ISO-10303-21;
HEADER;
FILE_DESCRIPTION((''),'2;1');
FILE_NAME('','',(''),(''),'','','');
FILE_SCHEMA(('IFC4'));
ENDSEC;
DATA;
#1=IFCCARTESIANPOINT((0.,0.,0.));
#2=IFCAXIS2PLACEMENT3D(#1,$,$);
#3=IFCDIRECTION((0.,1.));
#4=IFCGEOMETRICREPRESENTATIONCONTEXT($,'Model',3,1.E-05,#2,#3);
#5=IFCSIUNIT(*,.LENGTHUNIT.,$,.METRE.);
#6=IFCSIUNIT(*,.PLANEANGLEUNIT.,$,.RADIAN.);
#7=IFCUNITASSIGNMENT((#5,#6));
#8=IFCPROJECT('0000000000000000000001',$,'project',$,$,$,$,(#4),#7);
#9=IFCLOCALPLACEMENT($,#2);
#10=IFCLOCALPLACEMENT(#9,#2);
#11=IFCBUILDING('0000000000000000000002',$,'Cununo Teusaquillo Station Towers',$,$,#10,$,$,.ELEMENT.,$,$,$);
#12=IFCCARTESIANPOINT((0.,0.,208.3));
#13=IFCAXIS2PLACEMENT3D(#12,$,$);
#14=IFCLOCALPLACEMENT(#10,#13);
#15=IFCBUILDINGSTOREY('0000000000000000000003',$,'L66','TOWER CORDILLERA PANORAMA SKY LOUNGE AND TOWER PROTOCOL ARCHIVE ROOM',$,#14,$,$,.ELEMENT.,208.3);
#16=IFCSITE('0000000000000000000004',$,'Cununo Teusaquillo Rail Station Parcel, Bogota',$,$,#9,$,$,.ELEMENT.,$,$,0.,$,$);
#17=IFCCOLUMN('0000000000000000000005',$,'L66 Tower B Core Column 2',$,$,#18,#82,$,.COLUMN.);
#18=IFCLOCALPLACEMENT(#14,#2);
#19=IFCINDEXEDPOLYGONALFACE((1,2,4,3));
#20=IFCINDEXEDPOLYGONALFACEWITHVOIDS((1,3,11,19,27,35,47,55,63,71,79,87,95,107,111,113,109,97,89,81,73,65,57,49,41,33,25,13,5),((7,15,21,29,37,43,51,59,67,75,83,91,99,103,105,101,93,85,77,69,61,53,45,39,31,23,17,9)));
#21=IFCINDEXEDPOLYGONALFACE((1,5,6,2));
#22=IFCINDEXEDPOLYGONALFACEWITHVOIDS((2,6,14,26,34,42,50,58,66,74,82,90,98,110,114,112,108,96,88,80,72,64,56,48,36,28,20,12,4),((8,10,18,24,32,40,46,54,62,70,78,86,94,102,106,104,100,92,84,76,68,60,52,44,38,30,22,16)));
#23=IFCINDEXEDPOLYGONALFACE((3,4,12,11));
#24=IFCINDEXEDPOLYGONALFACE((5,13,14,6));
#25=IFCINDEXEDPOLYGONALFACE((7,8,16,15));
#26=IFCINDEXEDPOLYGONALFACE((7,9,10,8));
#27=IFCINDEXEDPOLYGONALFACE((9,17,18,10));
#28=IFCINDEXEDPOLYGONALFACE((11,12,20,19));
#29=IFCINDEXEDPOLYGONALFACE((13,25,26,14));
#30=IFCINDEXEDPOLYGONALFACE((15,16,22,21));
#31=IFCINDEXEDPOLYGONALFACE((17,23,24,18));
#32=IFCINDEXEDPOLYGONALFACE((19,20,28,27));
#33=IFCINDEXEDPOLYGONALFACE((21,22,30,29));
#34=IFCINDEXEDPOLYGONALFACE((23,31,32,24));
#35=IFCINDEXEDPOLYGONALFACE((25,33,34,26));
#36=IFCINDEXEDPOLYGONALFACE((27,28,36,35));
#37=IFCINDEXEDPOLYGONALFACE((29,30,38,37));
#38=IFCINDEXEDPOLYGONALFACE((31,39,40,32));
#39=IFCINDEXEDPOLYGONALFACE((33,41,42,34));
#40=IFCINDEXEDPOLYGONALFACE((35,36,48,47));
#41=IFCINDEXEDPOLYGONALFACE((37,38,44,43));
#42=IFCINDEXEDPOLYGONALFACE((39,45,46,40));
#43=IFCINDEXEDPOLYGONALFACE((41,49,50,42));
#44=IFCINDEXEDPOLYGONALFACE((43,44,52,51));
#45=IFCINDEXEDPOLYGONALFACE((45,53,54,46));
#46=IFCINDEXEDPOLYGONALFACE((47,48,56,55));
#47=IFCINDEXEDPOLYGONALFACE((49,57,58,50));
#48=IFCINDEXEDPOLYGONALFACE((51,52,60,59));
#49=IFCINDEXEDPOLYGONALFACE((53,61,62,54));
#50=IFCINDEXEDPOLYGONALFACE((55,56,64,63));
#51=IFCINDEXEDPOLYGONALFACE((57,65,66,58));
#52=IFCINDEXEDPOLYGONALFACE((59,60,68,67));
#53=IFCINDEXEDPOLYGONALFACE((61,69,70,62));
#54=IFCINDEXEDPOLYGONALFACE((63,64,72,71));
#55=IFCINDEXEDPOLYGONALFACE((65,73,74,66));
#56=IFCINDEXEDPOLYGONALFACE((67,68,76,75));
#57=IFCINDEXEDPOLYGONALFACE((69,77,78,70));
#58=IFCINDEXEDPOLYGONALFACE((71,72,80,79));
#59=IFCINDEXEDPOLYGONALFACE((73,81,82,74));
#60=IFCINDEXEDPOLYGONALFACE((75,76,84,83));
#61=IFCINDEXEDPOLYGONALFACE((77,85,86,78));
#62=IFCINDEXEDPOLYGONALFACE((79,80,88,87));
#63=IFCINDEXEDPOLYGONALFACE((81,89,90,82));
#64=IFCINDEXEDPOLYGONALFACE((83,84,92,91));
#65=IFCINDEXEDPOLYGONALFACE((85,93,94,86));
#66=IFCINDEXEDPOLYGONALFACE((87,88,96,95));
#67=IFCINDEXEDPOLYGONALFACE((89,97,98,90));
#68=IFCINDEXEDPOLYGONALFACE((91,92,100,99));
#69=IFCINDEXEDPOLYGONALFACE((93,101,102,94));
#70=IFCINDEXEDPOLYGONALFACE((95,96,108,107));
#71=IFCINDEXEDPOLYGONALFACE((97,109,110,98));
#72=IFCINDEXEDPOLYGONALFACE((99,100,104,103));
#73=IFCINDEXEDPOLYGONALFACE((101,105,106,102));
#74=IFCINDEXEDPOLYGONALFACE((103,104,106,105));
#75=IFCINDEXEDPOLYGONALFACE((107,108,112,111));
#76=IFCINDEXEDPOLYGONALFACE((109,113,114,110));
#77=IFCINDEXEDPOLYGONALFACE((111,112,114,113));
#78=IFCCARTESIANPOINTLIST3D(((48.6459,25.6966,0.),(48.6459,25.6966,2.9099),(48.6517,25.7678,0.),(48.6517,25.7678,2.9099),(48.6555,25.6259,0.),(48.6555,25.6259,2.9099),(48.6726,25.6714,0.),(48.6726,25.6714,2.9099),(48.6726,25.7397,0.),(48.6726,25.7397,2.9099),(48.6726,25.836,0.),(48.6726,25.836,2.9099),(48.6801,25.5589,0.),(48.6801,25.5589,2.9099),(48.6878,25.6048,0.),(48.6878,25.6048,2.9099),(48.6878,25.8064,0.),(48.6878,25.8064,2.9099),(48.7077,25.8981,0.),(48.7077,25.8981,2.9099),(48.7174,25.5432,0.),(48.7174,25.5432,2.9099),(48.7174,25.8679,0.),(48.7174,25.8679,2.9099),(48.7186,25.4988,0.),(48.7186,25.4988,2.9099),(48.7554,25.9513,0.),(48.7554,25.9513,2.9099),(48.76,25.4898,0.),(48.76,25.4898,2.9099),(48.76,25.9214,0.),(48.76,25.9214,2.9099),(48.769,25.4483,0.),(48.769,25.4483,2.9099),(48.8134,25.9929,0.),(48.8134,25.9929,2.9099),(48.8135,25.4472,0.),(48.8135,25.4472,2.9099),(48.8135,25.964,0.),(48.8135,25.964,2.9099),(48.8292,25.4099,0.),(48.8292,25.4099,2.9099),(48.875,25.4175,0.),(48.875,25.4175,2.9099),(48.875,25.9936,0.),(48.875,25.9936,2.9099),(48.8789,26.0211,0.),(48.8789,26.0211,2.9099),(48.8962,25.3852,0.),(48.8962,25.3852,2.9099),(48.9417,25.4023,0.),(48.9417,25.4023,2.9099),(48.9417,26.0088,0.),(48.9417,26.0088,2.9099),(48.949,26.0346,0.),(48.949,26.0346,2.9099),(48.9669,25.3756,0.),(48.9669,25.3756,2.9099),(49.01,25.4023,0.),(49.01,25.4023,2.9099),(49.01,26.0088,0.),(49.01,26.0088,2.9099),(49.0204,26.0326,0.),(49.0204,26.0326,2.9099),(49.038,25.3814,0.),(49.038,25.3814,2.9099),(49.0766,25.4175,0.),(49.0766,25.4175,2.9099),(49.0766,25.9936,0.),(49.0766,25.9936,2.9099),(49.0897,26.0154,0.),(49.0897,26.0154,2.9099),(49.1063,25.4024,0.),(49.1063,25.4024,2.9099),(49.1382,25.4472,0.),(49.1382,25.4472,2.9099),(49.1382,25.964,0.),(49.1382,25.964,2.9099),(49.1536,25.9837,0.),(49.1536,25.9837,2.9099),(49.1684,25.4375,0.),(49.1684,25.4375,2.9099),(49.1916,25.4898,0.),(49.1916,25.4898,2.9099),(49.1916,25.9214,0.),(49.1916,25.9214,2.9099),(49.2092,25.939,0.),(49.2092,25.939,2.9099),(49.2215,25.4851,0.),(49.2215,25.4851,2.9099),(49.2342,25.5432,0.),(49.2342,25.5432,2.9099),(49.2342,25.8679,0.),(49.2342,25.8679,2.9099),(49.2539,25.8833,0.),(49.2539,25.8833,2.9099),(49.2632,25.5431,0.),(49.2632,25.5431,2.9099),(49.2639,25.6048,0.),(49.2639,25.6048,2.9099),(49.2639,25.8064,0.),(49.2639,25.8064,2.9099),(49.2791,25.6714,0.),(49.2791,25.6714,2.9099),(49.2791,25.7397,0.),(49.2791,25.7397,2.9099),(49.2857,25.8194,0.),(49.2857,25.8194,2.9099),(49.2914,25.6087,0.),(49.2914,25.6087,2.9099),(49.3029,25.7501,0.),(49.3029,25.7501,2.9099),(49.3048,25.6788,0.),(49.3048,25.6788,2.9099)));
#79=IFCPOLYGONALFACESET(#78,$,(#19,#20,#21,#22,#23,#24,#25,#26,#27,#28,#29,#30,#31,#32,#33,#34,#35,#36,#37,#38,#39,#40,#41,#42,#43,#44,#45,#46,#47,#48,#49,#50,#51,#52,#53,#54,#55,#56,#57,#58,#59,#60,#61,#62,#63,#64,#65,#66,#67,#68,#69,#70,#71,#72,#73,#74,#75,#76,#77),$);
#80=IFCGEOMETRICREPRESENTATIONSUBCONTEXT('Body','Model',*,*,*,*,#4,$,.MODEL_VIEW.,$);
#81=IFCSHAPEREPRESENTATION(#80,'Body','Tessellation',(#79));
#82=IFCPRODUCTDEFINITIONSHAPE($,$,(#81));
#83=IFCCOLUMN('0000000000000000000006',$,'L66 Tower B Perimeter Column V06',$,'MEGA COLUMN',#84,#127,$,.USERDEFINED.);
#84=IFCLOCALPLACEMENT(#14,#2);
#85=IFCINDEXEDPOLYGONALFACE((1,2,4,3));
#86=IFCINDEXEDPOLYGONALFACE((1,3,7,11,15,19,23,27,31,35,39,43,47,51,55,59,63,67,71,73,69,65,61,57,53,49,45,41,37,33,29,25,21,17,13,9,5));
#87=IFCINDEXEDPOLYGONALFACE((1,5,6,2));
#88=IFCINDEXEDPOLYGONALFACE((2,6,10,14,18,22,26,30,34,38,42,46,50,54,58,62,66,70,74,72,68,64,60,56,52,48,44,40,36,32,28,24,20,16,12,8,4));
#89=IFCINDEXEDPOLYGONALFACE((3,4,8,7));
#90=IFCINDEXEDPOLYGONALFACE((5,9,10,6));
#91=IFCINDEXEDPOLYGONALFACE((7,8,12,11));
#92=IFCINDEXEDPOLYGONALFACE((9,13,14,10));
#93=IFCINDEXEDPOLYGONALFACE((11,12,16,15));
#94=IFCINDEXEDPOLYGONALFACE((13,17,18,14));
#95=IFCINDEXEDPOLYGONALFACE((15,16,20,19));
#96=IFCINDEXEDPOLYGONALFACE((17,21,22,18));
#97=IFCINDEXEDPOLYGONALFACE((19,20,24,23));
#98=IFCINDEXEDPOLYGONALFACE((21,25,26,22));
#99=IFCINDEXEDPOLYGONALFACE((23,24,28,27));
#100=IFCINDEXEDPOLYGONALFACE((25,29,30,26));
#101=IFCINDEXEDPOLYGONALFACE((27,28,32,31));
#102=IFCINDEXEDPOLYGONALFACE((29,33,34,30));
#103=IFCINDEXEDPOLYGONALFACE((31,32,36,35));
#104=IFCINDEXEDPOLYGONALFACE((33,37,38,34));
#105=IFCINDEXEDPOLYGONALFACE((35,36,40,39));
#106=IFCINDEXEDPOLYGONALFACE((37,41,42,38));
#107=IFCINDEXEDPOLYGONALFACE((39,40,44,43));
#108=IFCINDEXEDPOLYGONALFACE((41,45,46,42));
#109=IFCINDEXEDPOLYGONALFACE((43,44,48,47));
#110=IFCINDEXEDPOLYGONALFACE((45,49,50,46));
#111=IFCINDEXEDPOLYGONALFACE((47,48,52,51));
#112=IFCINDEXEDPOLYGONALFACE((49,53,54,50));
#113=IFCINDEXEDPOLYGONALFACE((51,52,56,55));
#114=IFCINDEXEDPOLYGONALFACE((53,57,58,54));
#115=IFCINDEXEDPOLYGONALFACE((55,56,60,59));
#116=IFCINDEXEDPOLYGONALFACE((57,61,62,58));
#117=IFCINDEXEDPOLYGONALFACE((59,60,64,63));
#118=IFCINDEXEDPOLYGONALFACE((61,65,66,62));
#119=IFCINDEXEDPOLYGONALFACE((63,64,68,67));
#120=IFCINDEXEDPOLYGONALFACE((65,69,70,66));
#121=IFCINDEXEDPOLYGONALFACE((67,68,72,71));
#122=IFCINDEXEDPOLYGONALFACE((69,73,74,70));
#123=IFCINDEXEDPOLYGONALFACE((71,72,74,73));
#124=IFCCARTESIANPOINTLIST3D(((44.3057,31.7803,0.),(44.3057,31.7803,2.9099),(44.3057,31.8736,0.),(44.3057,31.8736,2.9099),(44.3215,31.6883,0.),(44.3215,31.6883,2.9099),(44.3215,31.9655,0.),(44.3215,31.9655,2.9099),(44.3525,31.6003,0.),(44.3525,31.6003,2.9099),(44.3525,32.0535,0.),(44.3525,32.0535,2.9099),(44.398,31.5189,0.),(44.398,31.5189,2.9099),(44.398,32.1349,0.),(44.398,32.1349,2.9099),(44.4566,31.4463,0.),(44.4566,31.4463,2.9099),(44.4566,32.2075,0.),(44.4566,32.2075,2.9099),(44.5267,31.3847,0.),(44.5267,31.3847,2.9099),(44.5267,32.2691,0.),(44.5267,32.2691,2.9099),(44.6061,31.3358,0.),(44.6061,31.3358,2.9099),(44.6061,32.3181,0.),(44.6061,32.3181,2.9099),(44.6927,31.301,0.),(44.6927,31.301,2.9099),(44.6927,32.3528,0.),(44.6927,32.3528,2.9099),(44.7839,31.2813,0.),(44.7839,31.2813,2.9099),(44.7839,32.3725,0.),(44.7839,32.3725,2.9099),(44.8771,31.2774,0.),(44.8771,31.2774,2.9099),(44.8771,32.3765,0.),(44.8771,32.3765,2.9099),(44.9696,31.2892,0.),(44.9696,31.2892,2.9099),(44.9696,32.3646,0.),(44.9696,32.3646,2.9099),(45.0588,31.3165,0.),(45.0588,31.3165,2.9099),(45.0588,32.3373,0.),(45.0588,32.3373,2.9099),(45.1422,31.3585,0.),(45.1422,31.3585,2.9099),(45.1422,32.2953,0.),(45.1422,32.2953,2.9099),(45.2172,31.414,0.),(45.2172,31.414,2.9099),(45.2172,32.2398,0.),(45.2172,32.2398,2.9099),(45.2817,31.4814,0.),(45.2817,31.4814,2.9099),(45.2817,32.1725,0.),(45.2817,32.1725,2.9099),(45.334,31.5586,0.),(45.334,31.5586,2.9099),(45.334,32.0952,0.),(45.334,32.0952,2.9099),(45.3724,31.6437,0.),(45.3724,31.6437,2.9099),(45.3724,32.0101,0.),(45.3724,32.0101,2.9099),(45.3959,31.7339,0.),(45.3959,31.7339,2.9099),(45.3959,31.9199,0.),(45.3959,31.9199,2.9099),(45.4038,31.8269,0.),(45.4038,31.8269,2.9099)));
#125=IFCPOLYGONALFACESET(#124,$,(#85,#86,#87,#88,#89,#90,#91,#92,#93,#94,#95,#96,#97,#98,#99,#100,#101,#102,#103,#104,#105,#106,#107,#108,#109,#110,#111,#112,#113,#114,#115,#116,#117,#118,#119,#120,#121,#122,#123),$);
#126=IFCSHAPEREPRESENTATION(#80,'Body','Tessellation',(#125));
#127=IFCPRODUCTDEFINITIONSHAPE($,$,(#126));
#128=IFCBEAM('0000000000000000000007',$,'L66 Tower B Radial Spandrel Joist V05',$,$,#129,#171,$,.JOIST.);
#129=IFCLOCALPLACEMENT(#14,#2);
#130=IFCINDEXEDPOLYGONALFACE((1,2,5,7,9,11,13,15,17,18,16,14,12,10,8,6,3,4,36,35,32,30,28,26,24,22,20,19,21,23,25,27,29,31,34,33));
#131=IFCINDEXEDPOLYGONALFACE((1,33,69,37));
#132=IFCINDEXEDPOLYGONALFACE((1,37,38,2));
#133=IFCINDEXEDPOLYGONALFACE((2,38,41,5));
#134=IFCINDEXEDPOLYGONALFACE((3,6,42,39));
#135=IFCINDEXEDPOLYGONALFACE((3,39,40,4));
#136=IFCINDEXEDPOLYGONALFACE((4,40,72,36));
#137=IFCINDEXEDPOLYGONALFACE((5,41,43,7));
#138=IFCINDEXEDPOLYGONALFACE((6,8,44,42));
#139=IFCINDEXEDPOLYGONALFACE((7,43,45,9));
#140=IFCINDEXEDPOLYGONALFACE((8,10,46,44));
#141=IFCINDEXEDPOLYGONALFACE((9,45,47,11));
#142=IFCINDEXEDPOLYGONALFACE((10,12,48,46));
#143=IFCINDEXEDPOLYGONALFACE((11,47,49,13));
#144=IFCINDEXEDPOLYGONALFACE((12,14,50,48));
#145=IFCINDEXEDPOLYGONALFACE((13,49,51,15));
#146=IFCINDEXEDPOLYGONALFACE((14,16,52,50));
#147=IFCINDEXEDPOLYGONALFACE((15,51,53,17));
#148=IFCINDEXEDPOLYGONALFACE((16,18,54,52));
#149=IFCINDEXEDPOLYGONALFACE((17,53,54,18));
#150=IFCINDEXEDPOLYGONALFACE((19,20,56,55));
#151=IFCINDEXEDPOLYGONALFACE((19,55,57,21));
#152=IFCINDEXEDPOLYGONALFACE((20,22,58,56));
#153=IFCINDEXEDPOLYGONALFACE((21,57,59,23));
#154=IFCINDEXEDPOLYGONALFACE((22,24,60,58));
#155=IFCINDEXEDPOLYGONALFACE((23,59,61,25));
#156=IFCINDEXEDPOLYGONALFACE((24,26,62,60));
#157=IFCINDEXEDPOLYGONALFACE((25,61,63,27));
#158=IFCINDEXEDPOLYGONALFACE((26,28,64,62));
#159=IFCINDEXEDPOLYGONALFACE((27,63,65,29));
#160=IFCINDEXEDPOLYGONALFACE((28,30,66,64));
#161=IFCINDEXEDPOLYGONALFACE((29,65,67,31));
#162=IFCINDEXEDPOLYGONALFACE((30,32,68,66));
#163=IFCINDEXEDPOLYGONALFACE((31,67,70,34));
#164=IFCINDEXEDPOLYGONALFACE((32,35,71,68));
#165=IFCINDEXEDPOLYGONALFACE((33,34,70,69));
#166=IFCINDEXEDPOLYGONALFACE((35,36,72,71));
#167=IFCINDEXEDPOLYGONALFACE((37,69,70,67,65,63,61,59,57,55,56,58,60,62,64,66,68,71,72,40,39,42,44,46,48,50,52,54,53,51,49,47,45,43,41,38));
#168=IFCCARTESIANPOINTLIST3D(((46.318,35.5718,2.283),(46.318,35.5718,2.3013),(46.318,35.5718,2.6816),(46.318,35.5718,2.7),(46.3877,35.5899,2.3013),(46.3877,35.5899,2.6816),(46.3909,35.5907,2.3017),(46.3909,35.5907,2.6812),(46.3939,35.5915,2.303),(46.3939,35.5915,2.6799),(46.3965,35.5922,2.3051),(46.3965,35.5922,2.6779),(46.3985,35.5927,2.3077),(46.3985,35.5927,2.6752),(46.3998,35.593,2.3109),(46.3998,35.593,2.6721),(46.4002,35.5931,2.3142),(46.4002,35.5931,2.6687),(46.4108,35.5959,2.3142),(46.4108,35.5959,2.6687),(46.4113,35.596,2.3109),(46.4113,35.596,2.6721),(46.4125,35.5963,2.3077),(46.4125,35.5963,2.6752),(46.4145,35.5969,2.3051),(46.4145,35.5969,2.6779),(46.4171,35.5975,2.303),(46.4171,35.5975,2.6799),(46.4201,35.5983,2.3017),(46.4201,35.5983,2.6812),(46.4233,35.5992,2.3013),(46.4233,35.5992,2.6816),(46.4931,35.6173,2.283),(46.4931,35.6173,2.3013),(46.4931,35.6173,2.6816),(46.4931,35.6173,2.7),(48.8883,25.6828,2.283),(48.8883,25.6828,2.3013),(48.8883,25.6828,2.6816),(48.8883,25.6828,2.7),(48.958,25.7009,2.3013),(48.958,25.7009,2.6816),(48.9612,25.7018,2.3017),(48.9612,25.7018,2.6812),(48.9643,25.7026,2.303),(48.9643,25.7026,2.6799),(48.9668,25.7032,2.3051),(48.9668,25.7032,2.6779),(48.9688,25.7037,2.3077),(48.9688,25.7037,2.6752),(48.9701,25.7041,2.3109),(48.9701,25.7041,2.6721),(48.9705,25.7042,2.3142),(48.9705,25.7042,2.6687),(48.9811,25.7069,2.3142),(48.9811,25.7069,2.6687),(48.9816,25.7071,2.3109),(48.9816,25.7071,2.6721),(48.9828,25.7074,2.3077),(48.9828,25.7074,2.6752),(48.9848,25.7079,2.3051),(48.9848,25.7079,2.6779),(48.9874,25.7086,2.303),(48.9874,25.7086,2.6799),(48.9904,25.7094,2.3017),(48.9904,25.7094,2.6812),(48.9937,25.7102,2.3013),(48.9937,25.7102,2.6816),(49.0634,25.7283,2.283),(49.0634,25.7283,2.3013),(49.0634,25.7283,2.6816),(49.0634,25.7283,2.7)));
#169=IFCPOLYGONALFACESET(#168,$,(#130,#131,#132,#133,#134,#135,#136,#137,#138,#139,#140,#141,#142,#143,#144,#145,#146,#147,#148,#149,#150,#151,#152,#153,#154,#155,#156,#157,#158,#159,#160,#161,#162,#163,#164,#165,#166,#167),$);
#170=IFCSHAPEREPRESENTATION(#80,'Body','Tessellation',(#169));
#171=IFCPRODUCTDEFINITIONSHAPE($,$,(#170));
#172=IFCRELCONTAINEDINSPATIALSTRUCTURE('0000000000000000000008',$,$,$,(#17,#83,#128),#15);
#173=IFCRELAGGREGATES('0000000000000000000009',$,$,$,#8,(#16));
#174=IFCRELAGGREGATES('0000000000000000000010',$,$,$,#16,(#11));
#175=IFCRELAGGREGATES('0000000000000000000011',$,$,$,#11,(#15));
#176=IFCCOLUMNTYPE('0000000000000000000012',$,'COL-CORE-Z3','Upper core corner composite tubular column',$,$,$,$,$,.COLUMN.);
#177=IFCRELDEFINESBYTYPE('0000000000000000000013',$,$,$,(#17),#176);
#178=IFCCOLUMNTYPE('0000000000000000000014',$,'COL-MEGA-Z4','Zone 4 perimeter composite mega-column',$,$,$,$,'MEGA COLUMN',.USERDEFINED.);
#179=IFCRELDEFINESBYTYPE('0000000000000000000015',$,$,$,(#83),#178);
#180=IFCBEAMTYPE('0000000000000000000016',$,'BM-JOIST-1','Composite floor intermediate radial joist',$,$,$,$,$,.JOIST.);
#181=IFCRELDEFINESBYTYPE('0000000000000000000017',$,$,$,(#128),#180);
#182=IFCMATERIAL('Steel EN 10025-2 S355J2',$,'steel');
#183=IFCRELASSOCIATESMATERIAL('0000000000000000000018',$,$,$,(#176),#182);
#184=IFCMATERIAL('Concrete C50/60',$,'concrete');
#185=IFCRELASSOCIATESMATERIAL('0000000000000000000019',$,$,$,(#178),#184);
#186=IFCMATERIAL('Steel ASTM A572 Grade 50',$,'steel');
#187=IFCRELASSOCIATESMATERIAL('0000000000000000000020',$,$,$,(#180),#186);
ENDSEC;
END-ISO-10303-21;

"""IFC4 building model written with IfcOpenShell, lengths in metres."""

from ifc_helpers import new_model, si_unit, direction, frame, origin, origin_2d, place, context, subcontext, project, spatial, circle, hollow_circle, i_section, extrude, material, material_profile, profile_set, type_object, element, save


model = new_model("IFC4")

# Units and contexts
model_context = context("Model", 3, precision=1e-05, world=origin(), true_north=direction((0.0, 1.0)))
body_context = subcontext(model_context, "Body", "Model", "MODEL_VIEW")
ifc_project = project(units=[si_unit("LENGTHUNIT", "METRE"), si_unit("PLANEANGLEUNIT", "RADIAN")], contexts=[model_context])

# Site, building, storey
site_placement = place(None, origin())
site = spatial("IfcSite", under=ifc_project, at=site_placement, Name="Cununo Teusaquillo Rail Station Parcel, Bogota", CompositionType="ELEMENT", RefElevation=0.0)
building_placement = place(site_placement, origin())
building = spatial("IfcBuilding", under=site, at=building_placement, Name="Cununo Teusaquillo Station Towers", CompositionType="ELEMENT")
storey_placement = place(building_placement, frame((0.0, 0.0, 208.3)))
storey = spatial("IfcBuildingStorey", under=building, at=storey_placement, Name="L66", Description="TOWER CORDILLERA PANORAMA SKY LOUNGE AND TOWER PROTOCOL ARCHIVE ROOM", CompositionType="ELEMENT", Elevation=208.3)

# Columns
ifc_material_1 = material(Name="Steel EN 10025-2 S355J2", Category="steel")
ifc_material_profile_1 = material_profile(ifc_material_1, hollow_circle(Radius=0.3301, WallThickness=0.0249, at=origin_2d()), Name="CHS 660x25")
ifc_profile_set_1 = profile_set([ifc_material_profile_1], Name="Steel EN 10025-2 S355J2")
column_type_1 = type_object("IfcColumnType", Name="COL-CORE-Z3", Description="Upper core corner composite tubular column", PredefinedType="COLUMN", material=ifc_profile_set_1)
column_1_placement = place(storey_placement, frame((48.9758, 25.7056, 0.0), z_axis=(0.0, 0.0, 1.0), x_axis=(0.707107, 0.707107, 0.0)))
element("IfcColumn", 1, at=column_1_placement, inside=storey, type_object=column_type_1, Name="L66 Tower B Core Column 2", PredefinedType="COLUMN", context=body_context, shape_type="SweptSolid", body=[
    extrude(hollow_circle(Radius=0.3301, WallThickness=0.0249, at=origin_2d()), origin(), (0.0, 0.0, 1.0), 2.9099),
])
ifc_material_2 = material(Name="Concrete C50/60", Category="concrete")
ifc_material_profile_2 = material_profile(ifc_material_2, circle(Radius=0.55, at=origin_2d()), Name="RC-CIRC-1100")
ifc_profile_set_2 = profile_set([ifc_material_profile_2], Name="Concrete C50/60")
column_type_2 = type_object("IfcColumnType", Name="COL-MEGA-Z4", Description="Zone 4 perimeter composite mega-column", ElementType="MEGA COLUMN", PredefinedType="USERDEFINED", material=ifc_profile_set_2)
column_2_placement = place(storey_placement, frame((44.8538, 31.8269, 0.0), z_axis=(0.0, 0.0, 1.0), x_axis=(1.0, 0.0, 0.0)))
element("IfcColumn", 2, at=column_2_placement, inside=storey, type_object=column_type_2, Name="L66 Tower B Perimeter Column V06", ObjectType="MEGA COLUMN", PredefinedType="USERDEFINED", context=body_context, shape_type="SweptSolid", body=[
    extrude(circle(Radius=0.55, at=origin_2d()), origin(), (0.0, 0.0, 1.0), 2.9099),
])

# Beam
ifc_material_3 = material(Name="Steel ASTM A572 Grade 50", Category="steel")
ifc_material_profile_3 = material_profile(ifc_material_3, i_section(OverallWidth=0.1809, OverallDepth=0.417, WebThickness=0.011, FlangeThickness=0.0183, FilletRadius=0.0129, at=origin_2d()), Name="W16X57")
ifc_profile_set_3 = profile_set([ifc_material_profile_3], Name="Steel ASTM A572 Grade 50")
beam_type_1 = type_object("IfcBeamType", Name="BM-JOIST-1", Description="Composite floor intermediate radial joist", PredefinedType="JOIST", material=ifc_profile_set_3)
beam_1_placement = place(storey_placement, frame((48.9758, 25.7056, 2.4915), z_axis=(-0.25156, 0.967842, 0.0), x_axis=(-0.967842, -0.25156, 0.0)))
element("IfcBeam", 3, at=beam_1_placement, inside=storey, type_object=beam_type_1, Name="L66 Tower B Radial Spandrel Joist V05", PredefinedType="JOIST", context=body_context, shape_type="SweptSolid", body=[
    extrude(i_section(OverallWidth=0.1809, OverallDepth=0.417, WebThickness=0.011, FlangeThickness=0.0183, FilletRadius=0.0129, at=origin_2d()), origin(), (0.0, 0.0, 1.0), 10.2175),
])

save(model, "model.ifc")
